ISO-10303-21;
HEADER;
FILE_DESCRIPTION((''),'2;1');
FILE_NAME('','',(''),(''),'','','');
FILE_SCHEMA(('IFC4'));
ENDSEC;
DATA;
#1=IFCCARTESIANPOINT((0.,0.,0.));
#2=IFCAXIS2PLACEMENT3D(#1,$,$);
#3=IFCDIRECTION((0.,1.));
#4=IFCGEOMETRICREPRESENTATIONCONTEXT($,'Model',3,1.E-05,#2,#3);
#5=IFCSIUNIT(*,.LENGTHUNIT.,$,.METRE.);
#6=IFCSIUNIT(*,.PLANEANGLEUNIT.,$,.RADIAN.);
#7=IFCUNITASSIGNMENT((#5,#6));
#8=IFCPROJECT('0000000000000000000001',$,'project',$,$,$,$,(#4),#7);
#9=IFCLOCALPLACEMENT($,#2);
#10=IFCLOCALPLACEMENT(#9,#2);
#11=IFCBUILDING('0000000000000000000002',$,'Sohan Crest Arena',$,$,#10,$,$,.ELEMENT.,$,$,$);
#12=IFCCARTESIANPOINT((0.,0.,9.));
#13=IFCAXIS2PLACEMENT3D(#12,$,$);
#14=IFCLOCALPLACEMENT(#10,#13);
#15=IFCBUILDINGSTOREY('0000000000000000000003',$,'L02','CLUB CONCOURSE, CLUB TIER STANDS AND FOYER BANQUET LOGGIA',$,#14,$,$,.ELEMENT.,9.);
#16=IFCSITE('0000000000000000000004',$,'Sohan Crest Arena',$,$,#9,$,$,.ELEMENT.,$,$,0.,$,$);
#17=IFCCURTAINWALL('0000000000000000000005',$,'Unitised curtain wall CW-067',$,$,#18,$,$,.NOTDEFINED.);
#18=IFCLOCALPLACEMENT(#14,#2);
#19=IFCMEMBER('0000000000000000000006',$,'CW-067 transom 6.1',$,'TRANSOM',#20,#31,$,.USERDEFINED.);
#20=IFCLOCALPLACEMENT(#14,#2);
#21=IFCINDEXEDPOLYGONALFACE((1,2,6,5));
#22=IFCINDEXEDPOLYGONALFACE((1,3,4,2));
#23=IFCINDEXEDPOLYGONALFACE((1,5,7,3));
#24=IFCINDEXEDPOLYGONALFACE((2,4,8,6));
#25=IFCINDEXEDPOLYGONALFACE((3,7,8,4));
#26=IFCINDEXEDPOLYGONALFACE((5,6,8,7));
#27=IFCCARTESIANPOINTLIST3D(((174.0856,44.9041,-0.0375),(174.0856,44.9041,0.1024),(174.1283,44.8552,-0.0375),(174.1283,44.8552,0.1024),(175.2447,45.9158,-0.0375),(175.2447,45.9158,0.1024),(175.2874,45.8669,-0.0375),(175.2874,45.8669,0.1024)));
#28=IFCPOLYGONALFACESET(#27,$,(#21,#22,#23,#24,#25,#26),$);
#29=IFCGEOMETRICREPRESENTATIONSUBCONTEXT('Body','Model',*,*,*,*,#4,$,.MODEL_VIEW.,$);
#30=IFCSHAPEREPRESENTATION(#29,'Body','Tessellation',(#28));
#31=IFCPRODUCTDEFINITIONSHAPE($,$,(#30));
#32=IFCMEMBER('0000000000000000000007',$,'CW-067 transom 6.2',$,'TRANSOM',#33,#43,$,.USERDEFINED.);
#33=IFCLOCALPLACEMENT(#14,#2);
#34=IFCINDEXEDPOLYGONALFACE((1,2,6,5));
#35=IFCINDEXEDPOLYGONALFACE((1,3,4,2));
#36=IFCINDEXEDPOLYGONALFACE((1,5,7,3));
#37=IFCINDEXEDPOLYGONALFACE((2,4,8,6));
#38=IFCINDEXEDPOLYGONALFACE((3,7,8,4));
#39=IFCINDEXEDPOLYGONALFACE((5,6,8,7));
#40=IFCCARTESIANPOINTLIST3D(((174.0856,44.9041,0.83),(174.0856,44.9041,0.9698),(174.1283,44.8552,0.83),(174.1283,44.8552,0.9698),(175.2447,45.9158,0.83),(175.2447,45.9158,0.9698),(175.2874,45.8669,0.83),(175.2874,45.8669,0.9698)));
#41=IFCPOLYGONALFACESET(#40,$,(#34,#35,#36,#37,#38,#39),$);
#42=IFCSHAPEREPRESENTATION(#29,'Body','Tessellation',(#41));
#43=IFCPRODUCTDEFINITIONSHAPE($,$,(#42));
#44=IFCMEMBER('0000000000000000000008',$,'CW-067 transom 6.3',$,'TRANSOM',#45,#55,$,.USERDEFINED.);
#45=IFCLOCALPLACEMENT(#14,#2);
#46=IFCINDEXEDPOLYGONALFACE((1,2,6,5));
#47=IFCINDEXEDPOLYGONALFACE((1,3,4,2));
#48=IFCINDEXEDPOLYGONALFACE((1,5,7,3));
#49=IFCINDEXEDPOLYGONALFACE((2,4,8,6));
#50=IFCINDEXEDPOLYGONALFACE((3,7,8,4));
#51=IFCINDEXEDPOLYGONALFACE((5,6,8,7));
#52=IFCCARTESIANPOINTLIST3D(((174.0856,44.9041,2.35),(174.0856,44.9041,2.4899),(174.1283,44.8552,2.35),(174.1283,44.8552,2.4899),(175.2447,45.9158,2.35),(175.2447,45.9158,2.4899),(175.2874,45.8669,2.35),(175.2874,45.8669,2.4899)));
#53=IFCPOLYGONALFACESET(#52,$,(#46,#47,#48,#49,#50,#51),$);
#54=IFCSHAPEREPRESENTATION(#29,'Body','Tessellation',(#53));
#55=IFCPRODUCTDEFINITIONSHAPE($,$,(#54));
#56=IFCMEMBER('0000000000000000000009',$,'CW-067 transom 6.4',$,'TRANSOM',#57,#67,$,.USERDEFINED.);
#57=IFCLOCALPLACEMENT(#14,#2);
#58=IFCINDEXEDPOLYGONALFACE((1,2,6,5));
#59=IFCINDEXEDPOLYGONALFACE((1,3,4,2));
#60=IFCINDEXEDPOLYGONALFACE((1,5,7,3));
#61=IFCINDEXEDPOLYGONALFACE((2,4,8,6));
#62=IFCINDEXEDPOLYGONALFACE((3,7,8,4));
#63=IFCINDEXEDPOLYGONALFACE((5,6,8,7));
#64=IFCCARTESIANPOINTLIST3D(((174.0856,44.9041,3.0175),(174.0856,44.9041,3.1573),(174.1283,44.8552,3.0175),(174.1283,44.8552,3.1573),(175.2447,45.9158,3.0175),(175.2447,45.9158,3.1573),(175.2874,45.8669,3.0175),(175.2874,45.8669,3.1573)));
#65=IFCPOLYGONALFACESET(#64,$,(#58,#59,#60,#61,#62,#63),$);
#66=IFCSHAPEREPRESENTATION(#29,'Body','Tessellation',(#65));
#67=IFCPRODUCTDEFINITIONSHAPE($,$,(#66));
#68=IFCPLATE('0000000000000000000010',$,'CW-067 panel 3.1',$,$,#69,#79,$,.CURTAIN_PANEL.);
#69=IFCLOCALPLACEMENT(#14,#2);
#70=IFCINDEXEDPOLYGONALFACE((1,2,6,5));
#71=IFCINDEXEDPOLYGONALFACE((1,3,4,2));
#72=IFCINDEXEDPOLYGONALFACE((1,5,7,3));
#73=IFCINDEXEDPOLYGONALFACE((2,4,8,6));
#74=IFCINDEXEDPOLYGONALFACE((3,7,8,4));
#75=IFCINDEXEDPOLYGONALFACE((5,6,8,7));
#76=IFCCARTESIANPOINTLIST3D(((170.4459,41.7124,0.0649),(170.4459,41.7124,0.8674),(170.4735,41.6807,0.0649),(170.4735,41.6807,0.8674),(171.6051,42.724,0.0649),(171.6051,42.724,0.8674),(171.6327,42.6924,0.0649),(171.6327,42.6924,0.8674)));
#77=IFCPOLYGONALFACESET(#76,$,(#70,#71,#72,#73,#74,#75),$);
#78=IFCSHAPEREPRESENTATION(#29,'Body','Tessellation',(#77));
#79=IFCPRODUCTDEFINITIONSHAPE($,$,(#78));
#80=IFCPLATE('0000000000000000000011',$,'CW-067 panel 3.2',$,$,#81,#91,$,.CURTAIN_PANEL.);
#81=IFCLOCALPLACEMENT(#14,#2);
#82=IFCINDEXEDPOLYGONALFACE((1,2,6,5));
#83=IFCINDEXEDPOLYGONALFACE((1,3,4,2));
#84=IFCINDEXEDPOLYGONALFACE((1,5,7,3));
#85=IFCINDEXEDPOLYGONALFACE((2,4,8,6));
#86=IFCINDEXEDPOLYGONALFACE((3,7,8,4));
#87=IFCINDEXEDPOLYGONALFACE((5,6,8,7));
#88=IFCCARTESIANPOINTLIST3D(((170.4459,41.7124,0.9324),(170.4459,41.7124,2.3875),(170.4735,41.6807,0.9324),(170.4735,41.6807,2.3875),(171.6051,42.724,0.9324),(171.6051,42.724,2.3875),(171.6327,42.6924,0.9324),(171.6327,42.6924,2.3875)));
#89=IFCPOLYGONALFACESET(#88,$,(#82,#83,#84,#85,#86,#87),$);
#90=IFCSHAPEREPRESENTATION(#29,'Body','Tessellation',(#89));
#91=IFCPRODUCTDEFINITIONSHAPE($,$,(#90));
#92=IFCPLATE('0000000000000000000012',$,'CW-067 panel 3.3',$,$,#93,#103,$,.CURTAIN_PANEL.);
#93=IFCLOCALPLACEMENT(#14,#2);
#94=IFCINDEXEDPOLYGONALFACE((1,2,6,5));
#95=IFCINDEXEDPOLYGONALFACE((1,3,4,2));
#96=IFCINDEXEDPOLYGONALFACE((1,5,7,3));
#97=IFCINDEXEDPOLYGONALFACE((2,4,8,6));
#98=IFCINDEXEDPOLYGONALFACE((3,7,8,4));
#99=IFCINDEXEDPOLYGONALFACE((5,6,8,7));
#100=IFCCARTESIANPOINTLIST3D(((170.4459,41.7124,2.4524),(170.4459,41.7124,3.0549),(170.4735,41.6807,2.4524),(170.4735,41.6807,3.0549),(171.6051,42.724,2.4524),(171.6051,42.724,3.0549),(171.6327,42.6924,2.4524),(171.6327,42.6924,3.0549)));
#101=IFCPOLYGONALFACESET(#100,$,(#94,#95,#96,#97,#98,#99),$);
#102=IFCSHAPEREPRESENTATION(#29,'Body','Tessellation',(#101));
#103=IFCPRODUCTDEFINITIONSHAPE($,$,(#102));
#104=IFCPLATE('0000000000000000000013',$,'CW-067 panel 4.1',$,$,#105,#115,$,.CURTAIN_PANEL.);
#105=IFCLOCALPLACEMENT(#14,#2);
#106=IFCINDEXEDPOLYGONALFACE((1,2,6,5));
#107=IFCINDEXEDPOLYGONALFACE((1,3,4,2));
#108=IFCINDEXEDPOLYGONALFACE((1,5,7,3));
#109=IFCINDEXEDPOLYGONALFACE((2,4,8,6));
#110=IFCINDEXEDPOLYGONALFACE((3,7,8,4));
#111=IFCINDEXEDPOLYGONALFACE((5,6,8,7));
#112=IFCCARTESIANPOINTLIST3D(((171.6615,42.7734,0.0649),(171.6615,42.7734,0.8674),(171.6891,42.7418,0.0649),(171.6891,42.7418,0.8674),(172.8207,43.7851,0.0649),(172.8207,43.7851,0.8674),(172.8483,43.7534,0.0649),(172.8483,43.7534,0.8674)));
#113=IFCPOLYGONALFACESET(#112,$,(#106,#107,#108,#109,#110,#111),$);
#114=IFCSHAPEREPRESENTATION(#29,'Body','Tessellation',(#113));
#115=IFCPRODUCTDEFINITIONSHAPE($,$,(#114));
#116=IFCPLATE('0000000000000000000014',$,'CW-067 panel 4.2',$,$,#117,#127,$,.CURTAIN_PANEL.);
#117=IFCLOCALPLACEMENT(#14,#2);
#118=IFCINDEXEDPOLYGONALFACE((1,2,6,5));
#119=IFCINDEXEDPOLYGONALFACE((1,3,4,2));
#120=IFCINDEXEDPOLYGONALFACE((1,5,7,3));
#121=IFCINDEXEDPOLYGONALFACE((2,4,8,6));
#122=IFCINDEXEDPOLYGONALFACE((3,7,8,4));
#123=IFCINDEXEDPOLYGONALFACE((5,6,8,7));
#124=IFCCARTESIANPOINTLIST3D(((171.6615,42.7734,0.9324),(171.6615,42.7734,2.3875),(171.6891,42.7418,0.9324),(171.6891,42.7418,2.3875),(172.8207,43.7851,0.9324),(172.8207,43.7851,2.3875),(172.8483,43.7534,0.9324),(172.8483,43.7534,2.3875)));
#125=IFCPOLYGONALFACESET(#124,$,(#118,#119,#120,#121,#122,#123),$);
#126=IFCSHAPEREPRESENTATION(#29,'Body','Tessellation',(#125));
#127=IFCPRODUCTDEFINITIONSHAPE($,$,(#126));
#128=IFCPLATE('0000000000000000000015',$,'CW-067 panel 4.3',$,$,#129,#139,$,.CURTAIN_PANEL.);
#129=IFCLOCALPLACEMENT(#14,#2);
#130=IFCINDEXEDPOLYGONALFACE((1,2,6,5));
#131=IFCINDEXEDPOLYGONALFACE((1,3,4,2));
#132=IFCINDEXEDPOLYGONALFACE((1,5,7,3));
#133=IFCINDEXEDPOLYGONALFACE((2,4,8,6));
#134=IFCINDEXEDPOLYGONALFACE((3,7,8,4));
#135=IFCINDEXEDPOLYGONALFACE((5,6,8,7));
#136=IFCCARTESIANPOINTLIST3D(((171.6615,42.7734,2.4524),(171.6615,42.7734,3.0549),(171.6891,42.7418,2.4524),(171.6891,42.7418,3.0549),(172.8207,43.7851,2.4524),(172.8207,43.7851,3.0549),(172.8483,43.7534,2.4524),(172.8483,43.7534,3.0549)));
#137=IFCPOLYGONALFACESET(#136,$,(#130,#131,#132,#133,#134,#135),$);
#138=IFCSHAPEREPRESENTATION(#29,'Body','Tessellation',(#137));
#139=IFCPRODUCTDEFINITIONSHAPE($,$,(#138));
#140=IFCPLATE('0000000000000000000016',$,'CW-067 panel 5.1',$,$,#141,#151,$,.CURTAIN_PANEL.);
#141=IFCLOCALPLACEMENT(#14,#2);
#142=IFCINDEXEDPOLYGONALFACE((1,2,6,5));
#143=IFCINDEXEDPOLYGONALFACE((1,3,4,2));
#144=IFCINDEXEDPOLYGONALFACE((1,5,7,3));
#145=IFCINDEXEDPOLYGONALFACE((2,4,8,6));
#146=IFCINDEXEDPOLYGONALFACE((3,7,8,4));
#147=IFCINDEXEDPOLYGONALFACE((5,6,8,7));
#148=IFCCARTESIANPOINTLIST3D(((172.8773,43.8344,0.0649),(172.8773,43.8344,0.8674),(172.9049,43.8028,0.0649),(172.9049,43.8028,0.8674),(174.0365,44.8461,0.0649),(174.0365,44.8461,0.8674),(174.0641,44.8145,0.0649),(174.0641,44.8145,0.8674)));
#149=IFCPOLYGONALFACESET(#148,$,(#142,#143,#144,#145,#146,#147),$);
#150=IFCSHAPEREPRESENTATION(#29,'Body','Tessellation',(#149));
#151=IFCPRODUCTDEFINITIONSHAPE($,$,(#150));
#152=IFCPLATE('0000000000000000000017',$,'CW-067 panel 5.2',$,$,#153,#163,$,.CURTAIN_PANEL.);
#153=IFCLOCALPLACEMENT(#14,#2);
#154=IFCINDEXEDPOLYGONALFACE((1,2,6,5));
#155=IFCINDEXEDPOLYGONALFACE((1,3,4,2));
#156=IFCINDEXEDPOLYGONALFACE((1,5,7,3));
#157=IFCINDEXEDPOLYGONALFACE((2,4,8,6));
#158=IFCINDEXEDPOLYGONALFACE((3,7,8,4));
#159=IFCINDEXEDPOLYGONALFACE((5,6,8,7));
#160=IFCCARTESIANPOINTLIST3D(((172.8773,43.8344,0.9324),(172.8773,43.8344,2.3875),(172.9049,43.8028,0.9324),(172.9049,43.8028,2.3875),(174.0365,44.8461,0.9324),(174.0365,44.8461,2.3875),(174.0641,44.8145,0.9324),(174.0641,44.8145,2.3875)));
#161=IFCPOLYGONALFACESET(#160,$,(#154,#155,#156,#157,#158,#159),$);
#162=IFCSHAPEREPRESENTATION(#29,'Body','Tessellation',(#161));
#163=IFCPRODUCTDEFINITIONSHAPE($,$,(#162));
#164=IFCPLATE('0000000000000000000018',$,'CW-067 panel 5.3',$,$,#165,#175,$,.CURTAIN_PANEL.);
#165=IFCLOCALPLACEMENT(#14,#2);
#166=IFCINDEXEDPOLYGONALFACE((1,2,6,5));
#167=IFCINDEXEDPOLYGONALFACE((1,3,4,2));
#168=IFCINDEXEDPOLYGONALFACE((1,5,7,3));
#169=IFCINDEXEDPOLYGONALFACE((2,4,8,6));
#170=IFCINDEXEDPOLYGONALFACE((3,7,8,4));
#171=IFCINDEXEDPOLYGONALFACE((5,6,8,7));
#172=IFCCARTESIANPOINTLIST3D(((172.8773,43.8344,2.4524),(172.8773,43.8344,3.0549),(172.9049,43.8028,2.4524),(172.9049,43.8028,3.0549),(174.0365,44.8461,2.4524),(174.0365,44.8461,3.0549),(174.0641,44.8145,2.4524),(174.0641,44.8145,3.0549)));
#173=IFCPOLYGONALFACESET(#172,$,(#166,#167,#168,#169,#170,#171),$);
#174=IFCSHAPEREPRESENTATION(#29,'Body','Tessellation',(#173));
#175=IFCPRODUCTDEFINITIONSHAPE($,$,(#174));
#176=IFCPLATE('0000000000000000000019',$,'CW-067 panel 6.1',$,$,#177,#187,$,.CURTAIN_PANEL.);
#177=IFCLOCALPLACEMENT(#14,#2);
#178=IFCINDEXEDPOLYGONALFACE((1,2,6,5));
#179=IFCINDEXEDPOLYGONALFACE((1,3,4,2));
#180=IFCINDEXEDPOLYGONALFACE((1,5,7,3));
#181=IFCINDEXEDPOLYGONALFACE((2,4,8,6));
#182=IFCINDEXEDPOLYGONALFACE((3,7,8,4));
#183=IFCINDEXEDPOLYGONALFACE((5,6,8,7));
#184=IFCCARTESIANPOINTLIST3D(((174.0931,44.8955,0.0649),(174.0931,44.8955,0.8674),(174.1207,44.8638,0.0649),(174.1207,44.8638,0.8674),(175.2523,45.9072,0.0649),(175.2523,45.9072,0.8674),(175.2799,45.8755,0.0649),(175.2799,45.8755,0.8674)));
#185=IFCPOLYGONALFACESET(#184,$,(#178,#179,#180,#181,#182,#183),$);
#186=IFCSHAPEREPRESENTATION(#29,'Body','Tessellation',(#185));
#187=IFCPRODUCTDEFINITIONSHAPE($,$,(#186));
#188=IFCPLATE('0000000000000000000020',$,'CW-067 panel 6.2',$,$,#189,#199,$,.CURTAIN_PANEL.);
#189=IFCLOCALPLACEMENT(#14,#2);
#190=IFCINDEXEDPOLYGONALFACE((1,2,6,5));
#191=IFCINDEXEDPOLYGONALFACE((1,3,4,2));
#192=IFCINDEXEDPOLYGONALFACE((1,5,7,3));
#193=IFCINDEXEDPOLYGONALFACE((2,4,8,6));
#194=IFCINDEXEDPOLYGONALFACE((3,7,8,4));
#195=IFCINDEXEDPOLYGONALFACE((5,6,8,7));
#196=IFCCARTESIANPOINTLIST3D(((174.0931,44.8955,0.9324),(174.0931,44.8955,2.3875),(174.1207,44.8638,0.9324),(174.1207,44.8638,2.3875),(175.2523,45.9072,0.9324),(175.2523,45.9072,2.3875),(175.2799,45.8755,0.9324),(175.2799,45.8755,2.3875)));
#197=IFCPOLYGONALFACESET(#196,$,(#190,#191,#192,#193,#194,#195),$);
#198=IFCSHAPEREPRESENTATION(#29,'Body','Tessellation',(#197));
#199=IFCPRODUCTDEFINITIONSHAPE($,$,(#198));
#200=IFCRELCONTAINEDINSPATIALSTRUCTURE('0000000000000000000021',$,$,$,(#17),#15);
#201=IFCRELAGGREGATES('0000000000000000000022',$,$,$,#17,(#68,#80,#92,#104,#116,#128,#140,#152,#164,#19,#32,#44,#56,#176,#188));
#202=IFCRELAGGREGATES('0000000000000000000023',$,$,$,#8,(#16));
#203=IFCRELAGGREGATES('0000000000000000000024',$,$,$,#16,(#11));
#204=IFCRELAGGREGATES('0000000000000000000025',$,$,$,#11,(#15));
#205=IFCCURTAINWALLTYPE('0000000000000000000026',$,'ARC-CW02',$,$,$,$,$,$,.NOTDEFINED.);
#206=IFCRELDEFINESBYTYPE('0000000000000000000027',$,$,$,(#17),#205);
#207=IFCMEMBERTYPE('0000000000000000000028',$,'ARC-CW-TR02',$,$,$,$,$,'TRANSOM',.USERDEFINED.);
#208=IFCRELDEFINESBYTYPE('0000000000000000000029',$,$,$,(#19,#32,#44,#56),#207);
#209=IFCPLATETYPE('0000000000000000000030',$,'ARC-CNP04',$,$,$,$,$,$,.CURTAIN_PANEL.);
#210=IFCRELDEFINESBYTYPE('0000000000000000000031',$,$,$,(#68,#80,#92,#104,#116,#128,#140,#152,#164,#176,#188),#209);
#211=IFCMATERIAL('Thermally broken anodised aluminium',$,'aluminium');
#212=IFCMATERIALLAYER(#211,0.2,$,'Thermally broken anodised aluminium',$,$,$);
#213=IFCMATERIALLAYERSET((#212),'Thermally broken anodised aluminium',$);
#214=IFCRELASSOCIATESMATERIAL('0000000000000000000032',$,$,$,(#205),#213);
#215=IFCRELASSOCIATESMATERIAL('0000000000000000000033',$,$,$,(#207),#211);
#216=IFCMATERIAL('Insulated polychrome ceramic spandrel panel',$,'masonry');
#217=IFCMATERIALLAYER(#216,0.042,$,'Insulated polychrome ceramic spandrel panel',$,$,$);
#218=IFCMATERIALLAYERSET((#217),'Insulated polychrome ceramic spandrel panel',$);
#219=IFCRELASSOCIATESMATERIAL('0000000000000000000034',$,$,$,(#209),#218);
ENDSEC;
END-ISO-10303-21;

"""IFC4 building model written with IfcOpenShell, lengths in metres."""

from ifc_helpers import new_model, si_unit, direction, frame, origin, origin_2d, place, context, subcontext, project, spatial, rectangle, extrude, material, layer, layer_set, material_profile, profile_set, type_object, element, aggregate, save


model = new_model("IFC4")

# Units and contexts
model_context = context("Model", 3, precision=1e-05, world=origin(), true_north=direction((0.0, 1.0)))
body_context = subcontext(model_context, "Body", "Model", "MODEL_VIEW")
ifc_project = project(units=[si_unit("LENGTHUNIT", "METRE"), si_unit("PLANEANGLEUNIT", "RADIAN")], contexts=[model_context])

# Site, building, storey
site_placement = place(None, origin())
site = spatial("IfcSite", under=ifc_project, at=site_placement, Name="Sohan Crest Arena", CompositionType="ELEMENT", RefElevation=0.0)
building_placement = place(site_placement, origin())
building = spatial("IfcBuilding", under=site, at=building_placement, Name="Sohan Crest Arena", CompositionType="ELEMENT")
storey_placement = place(building_placement, frame((0.0, 0.0, 9.0)))
storey = spatial("IfcBuildingStorey", under=building, at=storey_placement, Name="L02", Description="CLUB CONCOURSE, CLUB TIER STANDS AND FOYER BANQUET LOGGIA", CompositionType="ELEMENT", Elevation=9.0)

# Curtain wall, members, plates
ifc_material_1 = material(Name="Thermally broken anodised aluminium", Category="aluminium")
ifc_layer_1 = layer(ifc_material_1, 0.2, Name="Thermally broken anodised aluminium")
ifc_layer_set_1 = layer_set([ifc_layer_1], Name="Thermally broken anodised aluminium")
curtain_wall_type = type_object("IfcCurtainWallType", Name="ARC-CW02", PredefinedType="NOTDEFINED", material=ifc_layer_set_1)
curtain_wall_placement = place(storey_placement, origin())
curtain_wall = element("IfcCurtainWall", 1, at=curtain_wall_placement, inside=storey, type_object=curtain_wall_type, Name="Unitised curtain wall CW-067", PredefinedType="NOTDEFINED")
ifc_material_profile_1 = material_profile(ifc_material_1, rectangle(XDim=0.0649, YDim=0.1399, at=origin_2d()), Name="ALU-TRAN 65x140")
ifc_profile_set_1 = profile_set([ifc_material_profile_1], Name="Thermally broken anodised aluminium")
member_type_1 = type_object("IfcMemberType", Name="ARC-CW-TR02", ElementType="TRANSOM", PredefinedType="USERDEFINED", material=ifc_profile_set_1)
member_1_placement = place(storey_placement, frame((174.1069, 44.8796, 0.0325), z_axis=(0.753402, 0.65756, 0.0), x_axis=(-0.65756, 0.753402, 0.0)))
member_1 = element("IfcMember", 2, at=member_1_placement, type_object=member_type_1, Name="CW-067 transom 6.1", ObjectType="TRANSOM", PredefinedType="USERDEFINED", context=body_context, shape_type="SweptSolid", body=[
    extrude(rectangle(XDim=0.0649, YDim=0.1399, at=origin_2d()), origin(), (0.0, 0.0, 1.0), 1.5386),
])
member_2_placement = place(storey_placement, frame((174.1069, 44.8796, 0.8999), z_axis=(0.753402, 0.65756, 0.0), x_axis=(-0.65756, 0.753402, 0.0)))
member_2 = element("IfcMember", 3, at=member_2_placement, type_object=member_type_1, Name="CW-067 transom 6.2", ObjectType="TRANSOM", PredefinedType="USERDEFINED", context=body_context, shape_type="SweptSolid", body=[
    extrude(rectangle(XDim=0.0649, YDim=0.1399, at=origin_2d()), origin(), (0.0, 0.0, 1.0), 1.5386),
])
member_3_placement = place(storey_placement, frame((174.1069, 44.8796, 2.4199), z_axis=(0.753402, 0.65756, 0.0), x_axis=(-0.65756, 0.753402, 0.0)))
member_3 = element("IfcMember", 4, at=member_3_placement, type_object=member_type_1, Name="CW-067 transom 6.3", ObjectType="TRANSOM", PredefinedType="USERDEFINED", context=body_context, shape_type="SweptSolid", body=[
    extrude(rectangle(XDim=0.0649, YDim=0.1399, at=origin_2d()), origin(), (0.0, 0.0, 1.0), 1.5386),
])
member_4_placement = place(storey_placement, frame((174.1069, 44.8796, 3.0874), z_axis=(0.753402, 0.65756, 0.0), x_axis=(-0.65756, 0.753402, 0.0)))
member_4 = element("IfcMember", 5, at=member_4_placement, type_object=member_type_1, Name="CW-067 transom 6.4", ObjectType="TRANSOM", PredefinedType="USERDEFINED", context=body_context, shape_type="SweptSolid", body=[
    extrude(rectangle(XDim=0.0649, YDim=0.1399, at=origin_2d()), origin(), (0.0, 0.0, 1.0), 1.5386),
])
ifc_material_2 = material(Name="Insulated polychrome ceramic spandrel panel", Category="masonry")
ifc_layer_2 = layer(ifc_material_2, 0.042, Name="Insulated polychrome ceramic spandrel panel")
ifc_layer_set_2 = layer_set([ifc_layer_2], Name="Insulated polychrome ceramic spandrel panel")
plate_type = type_object("IfcPlateType", Name="ARC-CNP04", PredefinedType="CURTAIN_PANEL", material=ifc_layer_set_2)
plate_1_placement = place(storey_placement, frame((171.0393, 42.2024, 0.0649), z_axis=(0.0, 0.0, 1.0), x_axis=(0.753421, 0.657539, 0.0)))
plate_1 = element("IfcPlate", 6, at=plate_1_placement, type_object=plate_type, Name="CW-067 panel 3.1", PredefinedType="CURTAIN_PANEL", context=body_context, shape_type="SweptSolid", body=[
    extrude(rectangle(XDim=1.5386, YDim=0.042, at=origin_2d()), origin(), (0.0, 0.0, 1.0), 0.8025),
])
plate_2_placement = place(storey_placement, frame((171.0393, 42.2024, 0.9324), z_axis=(0.0, 0.0, 1.0), x_axis=(0.753421, 0.657539, 0.0)))
plate_2 = element("IfcPlate", 7, at=plate_2_placement, type_object=plate_type, Name="CW-067 panel 3.2", PredefinedType="CURTAIN_PANEL", context=body_context, shape_type="SweptSolid", body=[
    extrude(rectangle(XDim=1.5386, YDim=0.042, at=origin_2d()), origin(), (0.0, 0.0, 1.0), 1.4551),
])
plate_3_placement = place(storey_placement, frame((171.0393, 42.2024, 2.4524), z_axis=(0.0, 0.0, 1.0), x_axis=(0.753421, 0.657539, 0.0)))
plate_3 = element("IfcPlate", 8, at=plate_3_placement, type_object=plate_type, Name="CW-067 panel 3.3", PredefinedType="CURTAIN_PANEL", context=body_context, shape_type="SweptSolid", body=[
    extrude(rectangle(XDim=1.5386, YDim=0.042, at=origin_2d()), origin(), (0.0, 0.0, 1.0), 0.6025),
])
plate_4_placement = place(storey_placement, frame((172.2549, 43.2634, 0.0649), z_axis=(0.0, 0.0, 1.0), x_axis=(0.753421, 0.657539, 0.0)))
plate_4 = element("IfcPlate", 9, at=plate_4_placement, type_object=plate_type, Name="CW-067 panel 4.1", PredefinedType="CURTAIN_PANEL", context=body_context, shape_type="SweptSolid", body=[
    extrude(rectangle(XDim=1.5386, YDim=0.042, at=origin_2d()), origin(), (0.0, 0.0, 1.0), 0.8025),
])
plate_5_placement = place(storey_placement, frame((172.2549, 43.2634, 0.9324), z_axis=(0.0, 0.0, 1.0), x_axis=(0.753421, 0.657539, 0.0)))
plate_5 = element("IfcPlate", 10, at=plate_5_placement, type_object=plate_type, Name="CW-067 panel 4.2", PredefinedType="CURTAIN_PANEL", context=body_context, shape_type="SweptSolid", body=[
    extrude(rectangle(XDim=1.5386, YDim=0.042, at=origin_2d()), origin(), (0.0, 0.0, 1.0), 1.4551),
])
plate_6_placement = place(storey_placement, frame((172.2549, 43.2634, 2.4524), z_axis=(0.0, 0.0, 1.0), x_axis=(0.753421, 0.657539, 0.0)))
plate_6 = element("IfcPlate", 11, at=plate_6_placement, type_object=plate_type, Name="CW-067 panel 4.3", PredefinedType="CURTAIN_PANEL", context=body_context, shape_type="SweptSolid", body=[
    extrude(rectangle(XDim=1.5386, YDim=0.042, at=origin_2d()), origin(), (0.0, 0.0, 1.0), 0.6025),
])
plate_7_placement = place(storey_placement, frame((173.4707, 44.3245, 0.0649), z_axis=(0.0, 0.0, 1.0), x_axis=(0.753421, 0.657539, 0.0)))
plate_7 = element("IfcPlate", 12, at=plate_7_placement, type_object=plate_type, Name="CW-067 panel 5.1", PredefinedType="CURTAIN_PANEL", context=body_context, shape_type="SweptSolid", body=[
    extrude(rectangle(XDim=1.5386, YDim=0.042, at=origin_2d()), origin(), (0.0, 0.0, 1.0), 0.8025),
])
plate_8_placement = place(storey_placement, frame((173.4707, 44.3245, 0.9324), z_axis=(0.0, 0.0, 1.0), x_axis=(0.753421, 0.657539, 0.0)))
plate_8 = element("IfcPlate", 13, at=plate_8_placement, type_object=plate_type, Name="CW-067 panel 5.2", PredefinedType="CURTAIN_PANEL", context=body_context, shape_type="SweptSolid", body=[
    extrude(rectangle(XDim=1.5386, YDim=0.042, at=origin_2d()), origin(), (0.0, 0.0, 1.0), 1.4551),
])
plate_9_placement = place(storey_placement, frame((173.4707, 44.3245, 2.4524), z_axis=(0.0, 0.0, 1.0), x_axis=(0.753421, 0.657539, 0.0)))
plate_9 = element("IfcPlate", 14, at=plate_9_placement, type_object=plate_type, Name="CW-067 panel 5.3", PredefinedType="CURTAIN_PANEL", context=body_context, shape_type="SweptSolid", body=[
    extrude(rectangle(XDim=1.5386, YDim=0.042, at=origin_2d()), origin(), (0.0, 0.0, 1.0), 0.6025),
])
plate_10_placement = place(storey_placement, frame((174.6865, 45.3855, 0.0649), z_axis=(0.0, 0.0, 1.0), x_axis=(0.753421, 0.657539, 0.0)))
plate_10 = element("IfcPlate", 15, at=plate_10_placement, type_object=plate_type, Name="CW-067 panel 6.1", PredefinedType="CURTAIN_PANEL", context=body_context, shape_type="SweptSolid", body=[
    extrude(rectangle(XDim=1.5386, YDim=0.042, at=origin_2d()), origin(), (0.0, 0.0, 1.0), 0.8025),
])
plate_11_placement = place(storey_placement, frame((174.6865, 45.3855, 0.9324), z_axis=(0.0, 0.0, 1.0), x_axis=(0.753421, 0.657539, 0.0)))
plate_11 = element("IfcPlate", 16, at=plate_11_placement, type_object=plate_type, Name="CW-067 panel 6.2", PredefinedType="CURTAIN_PANEL", context=body_context, shape_type="SweptSolid", body=[
    extrude(rectangle(XDim=1.5386, YDim=0.042, at=origin_2d()), origin(), (0.0, 0.0, 1.0), 1.4551),
])
aggregate(curtain_wall, [plate_1, plate_2, plate_3, plate_4, plate_5, plate_6, plate_7, plate_8, plate_9, member_1, member_2, member_3, member_4, plate_10, plate_11])

save(model, "model.ifc")
